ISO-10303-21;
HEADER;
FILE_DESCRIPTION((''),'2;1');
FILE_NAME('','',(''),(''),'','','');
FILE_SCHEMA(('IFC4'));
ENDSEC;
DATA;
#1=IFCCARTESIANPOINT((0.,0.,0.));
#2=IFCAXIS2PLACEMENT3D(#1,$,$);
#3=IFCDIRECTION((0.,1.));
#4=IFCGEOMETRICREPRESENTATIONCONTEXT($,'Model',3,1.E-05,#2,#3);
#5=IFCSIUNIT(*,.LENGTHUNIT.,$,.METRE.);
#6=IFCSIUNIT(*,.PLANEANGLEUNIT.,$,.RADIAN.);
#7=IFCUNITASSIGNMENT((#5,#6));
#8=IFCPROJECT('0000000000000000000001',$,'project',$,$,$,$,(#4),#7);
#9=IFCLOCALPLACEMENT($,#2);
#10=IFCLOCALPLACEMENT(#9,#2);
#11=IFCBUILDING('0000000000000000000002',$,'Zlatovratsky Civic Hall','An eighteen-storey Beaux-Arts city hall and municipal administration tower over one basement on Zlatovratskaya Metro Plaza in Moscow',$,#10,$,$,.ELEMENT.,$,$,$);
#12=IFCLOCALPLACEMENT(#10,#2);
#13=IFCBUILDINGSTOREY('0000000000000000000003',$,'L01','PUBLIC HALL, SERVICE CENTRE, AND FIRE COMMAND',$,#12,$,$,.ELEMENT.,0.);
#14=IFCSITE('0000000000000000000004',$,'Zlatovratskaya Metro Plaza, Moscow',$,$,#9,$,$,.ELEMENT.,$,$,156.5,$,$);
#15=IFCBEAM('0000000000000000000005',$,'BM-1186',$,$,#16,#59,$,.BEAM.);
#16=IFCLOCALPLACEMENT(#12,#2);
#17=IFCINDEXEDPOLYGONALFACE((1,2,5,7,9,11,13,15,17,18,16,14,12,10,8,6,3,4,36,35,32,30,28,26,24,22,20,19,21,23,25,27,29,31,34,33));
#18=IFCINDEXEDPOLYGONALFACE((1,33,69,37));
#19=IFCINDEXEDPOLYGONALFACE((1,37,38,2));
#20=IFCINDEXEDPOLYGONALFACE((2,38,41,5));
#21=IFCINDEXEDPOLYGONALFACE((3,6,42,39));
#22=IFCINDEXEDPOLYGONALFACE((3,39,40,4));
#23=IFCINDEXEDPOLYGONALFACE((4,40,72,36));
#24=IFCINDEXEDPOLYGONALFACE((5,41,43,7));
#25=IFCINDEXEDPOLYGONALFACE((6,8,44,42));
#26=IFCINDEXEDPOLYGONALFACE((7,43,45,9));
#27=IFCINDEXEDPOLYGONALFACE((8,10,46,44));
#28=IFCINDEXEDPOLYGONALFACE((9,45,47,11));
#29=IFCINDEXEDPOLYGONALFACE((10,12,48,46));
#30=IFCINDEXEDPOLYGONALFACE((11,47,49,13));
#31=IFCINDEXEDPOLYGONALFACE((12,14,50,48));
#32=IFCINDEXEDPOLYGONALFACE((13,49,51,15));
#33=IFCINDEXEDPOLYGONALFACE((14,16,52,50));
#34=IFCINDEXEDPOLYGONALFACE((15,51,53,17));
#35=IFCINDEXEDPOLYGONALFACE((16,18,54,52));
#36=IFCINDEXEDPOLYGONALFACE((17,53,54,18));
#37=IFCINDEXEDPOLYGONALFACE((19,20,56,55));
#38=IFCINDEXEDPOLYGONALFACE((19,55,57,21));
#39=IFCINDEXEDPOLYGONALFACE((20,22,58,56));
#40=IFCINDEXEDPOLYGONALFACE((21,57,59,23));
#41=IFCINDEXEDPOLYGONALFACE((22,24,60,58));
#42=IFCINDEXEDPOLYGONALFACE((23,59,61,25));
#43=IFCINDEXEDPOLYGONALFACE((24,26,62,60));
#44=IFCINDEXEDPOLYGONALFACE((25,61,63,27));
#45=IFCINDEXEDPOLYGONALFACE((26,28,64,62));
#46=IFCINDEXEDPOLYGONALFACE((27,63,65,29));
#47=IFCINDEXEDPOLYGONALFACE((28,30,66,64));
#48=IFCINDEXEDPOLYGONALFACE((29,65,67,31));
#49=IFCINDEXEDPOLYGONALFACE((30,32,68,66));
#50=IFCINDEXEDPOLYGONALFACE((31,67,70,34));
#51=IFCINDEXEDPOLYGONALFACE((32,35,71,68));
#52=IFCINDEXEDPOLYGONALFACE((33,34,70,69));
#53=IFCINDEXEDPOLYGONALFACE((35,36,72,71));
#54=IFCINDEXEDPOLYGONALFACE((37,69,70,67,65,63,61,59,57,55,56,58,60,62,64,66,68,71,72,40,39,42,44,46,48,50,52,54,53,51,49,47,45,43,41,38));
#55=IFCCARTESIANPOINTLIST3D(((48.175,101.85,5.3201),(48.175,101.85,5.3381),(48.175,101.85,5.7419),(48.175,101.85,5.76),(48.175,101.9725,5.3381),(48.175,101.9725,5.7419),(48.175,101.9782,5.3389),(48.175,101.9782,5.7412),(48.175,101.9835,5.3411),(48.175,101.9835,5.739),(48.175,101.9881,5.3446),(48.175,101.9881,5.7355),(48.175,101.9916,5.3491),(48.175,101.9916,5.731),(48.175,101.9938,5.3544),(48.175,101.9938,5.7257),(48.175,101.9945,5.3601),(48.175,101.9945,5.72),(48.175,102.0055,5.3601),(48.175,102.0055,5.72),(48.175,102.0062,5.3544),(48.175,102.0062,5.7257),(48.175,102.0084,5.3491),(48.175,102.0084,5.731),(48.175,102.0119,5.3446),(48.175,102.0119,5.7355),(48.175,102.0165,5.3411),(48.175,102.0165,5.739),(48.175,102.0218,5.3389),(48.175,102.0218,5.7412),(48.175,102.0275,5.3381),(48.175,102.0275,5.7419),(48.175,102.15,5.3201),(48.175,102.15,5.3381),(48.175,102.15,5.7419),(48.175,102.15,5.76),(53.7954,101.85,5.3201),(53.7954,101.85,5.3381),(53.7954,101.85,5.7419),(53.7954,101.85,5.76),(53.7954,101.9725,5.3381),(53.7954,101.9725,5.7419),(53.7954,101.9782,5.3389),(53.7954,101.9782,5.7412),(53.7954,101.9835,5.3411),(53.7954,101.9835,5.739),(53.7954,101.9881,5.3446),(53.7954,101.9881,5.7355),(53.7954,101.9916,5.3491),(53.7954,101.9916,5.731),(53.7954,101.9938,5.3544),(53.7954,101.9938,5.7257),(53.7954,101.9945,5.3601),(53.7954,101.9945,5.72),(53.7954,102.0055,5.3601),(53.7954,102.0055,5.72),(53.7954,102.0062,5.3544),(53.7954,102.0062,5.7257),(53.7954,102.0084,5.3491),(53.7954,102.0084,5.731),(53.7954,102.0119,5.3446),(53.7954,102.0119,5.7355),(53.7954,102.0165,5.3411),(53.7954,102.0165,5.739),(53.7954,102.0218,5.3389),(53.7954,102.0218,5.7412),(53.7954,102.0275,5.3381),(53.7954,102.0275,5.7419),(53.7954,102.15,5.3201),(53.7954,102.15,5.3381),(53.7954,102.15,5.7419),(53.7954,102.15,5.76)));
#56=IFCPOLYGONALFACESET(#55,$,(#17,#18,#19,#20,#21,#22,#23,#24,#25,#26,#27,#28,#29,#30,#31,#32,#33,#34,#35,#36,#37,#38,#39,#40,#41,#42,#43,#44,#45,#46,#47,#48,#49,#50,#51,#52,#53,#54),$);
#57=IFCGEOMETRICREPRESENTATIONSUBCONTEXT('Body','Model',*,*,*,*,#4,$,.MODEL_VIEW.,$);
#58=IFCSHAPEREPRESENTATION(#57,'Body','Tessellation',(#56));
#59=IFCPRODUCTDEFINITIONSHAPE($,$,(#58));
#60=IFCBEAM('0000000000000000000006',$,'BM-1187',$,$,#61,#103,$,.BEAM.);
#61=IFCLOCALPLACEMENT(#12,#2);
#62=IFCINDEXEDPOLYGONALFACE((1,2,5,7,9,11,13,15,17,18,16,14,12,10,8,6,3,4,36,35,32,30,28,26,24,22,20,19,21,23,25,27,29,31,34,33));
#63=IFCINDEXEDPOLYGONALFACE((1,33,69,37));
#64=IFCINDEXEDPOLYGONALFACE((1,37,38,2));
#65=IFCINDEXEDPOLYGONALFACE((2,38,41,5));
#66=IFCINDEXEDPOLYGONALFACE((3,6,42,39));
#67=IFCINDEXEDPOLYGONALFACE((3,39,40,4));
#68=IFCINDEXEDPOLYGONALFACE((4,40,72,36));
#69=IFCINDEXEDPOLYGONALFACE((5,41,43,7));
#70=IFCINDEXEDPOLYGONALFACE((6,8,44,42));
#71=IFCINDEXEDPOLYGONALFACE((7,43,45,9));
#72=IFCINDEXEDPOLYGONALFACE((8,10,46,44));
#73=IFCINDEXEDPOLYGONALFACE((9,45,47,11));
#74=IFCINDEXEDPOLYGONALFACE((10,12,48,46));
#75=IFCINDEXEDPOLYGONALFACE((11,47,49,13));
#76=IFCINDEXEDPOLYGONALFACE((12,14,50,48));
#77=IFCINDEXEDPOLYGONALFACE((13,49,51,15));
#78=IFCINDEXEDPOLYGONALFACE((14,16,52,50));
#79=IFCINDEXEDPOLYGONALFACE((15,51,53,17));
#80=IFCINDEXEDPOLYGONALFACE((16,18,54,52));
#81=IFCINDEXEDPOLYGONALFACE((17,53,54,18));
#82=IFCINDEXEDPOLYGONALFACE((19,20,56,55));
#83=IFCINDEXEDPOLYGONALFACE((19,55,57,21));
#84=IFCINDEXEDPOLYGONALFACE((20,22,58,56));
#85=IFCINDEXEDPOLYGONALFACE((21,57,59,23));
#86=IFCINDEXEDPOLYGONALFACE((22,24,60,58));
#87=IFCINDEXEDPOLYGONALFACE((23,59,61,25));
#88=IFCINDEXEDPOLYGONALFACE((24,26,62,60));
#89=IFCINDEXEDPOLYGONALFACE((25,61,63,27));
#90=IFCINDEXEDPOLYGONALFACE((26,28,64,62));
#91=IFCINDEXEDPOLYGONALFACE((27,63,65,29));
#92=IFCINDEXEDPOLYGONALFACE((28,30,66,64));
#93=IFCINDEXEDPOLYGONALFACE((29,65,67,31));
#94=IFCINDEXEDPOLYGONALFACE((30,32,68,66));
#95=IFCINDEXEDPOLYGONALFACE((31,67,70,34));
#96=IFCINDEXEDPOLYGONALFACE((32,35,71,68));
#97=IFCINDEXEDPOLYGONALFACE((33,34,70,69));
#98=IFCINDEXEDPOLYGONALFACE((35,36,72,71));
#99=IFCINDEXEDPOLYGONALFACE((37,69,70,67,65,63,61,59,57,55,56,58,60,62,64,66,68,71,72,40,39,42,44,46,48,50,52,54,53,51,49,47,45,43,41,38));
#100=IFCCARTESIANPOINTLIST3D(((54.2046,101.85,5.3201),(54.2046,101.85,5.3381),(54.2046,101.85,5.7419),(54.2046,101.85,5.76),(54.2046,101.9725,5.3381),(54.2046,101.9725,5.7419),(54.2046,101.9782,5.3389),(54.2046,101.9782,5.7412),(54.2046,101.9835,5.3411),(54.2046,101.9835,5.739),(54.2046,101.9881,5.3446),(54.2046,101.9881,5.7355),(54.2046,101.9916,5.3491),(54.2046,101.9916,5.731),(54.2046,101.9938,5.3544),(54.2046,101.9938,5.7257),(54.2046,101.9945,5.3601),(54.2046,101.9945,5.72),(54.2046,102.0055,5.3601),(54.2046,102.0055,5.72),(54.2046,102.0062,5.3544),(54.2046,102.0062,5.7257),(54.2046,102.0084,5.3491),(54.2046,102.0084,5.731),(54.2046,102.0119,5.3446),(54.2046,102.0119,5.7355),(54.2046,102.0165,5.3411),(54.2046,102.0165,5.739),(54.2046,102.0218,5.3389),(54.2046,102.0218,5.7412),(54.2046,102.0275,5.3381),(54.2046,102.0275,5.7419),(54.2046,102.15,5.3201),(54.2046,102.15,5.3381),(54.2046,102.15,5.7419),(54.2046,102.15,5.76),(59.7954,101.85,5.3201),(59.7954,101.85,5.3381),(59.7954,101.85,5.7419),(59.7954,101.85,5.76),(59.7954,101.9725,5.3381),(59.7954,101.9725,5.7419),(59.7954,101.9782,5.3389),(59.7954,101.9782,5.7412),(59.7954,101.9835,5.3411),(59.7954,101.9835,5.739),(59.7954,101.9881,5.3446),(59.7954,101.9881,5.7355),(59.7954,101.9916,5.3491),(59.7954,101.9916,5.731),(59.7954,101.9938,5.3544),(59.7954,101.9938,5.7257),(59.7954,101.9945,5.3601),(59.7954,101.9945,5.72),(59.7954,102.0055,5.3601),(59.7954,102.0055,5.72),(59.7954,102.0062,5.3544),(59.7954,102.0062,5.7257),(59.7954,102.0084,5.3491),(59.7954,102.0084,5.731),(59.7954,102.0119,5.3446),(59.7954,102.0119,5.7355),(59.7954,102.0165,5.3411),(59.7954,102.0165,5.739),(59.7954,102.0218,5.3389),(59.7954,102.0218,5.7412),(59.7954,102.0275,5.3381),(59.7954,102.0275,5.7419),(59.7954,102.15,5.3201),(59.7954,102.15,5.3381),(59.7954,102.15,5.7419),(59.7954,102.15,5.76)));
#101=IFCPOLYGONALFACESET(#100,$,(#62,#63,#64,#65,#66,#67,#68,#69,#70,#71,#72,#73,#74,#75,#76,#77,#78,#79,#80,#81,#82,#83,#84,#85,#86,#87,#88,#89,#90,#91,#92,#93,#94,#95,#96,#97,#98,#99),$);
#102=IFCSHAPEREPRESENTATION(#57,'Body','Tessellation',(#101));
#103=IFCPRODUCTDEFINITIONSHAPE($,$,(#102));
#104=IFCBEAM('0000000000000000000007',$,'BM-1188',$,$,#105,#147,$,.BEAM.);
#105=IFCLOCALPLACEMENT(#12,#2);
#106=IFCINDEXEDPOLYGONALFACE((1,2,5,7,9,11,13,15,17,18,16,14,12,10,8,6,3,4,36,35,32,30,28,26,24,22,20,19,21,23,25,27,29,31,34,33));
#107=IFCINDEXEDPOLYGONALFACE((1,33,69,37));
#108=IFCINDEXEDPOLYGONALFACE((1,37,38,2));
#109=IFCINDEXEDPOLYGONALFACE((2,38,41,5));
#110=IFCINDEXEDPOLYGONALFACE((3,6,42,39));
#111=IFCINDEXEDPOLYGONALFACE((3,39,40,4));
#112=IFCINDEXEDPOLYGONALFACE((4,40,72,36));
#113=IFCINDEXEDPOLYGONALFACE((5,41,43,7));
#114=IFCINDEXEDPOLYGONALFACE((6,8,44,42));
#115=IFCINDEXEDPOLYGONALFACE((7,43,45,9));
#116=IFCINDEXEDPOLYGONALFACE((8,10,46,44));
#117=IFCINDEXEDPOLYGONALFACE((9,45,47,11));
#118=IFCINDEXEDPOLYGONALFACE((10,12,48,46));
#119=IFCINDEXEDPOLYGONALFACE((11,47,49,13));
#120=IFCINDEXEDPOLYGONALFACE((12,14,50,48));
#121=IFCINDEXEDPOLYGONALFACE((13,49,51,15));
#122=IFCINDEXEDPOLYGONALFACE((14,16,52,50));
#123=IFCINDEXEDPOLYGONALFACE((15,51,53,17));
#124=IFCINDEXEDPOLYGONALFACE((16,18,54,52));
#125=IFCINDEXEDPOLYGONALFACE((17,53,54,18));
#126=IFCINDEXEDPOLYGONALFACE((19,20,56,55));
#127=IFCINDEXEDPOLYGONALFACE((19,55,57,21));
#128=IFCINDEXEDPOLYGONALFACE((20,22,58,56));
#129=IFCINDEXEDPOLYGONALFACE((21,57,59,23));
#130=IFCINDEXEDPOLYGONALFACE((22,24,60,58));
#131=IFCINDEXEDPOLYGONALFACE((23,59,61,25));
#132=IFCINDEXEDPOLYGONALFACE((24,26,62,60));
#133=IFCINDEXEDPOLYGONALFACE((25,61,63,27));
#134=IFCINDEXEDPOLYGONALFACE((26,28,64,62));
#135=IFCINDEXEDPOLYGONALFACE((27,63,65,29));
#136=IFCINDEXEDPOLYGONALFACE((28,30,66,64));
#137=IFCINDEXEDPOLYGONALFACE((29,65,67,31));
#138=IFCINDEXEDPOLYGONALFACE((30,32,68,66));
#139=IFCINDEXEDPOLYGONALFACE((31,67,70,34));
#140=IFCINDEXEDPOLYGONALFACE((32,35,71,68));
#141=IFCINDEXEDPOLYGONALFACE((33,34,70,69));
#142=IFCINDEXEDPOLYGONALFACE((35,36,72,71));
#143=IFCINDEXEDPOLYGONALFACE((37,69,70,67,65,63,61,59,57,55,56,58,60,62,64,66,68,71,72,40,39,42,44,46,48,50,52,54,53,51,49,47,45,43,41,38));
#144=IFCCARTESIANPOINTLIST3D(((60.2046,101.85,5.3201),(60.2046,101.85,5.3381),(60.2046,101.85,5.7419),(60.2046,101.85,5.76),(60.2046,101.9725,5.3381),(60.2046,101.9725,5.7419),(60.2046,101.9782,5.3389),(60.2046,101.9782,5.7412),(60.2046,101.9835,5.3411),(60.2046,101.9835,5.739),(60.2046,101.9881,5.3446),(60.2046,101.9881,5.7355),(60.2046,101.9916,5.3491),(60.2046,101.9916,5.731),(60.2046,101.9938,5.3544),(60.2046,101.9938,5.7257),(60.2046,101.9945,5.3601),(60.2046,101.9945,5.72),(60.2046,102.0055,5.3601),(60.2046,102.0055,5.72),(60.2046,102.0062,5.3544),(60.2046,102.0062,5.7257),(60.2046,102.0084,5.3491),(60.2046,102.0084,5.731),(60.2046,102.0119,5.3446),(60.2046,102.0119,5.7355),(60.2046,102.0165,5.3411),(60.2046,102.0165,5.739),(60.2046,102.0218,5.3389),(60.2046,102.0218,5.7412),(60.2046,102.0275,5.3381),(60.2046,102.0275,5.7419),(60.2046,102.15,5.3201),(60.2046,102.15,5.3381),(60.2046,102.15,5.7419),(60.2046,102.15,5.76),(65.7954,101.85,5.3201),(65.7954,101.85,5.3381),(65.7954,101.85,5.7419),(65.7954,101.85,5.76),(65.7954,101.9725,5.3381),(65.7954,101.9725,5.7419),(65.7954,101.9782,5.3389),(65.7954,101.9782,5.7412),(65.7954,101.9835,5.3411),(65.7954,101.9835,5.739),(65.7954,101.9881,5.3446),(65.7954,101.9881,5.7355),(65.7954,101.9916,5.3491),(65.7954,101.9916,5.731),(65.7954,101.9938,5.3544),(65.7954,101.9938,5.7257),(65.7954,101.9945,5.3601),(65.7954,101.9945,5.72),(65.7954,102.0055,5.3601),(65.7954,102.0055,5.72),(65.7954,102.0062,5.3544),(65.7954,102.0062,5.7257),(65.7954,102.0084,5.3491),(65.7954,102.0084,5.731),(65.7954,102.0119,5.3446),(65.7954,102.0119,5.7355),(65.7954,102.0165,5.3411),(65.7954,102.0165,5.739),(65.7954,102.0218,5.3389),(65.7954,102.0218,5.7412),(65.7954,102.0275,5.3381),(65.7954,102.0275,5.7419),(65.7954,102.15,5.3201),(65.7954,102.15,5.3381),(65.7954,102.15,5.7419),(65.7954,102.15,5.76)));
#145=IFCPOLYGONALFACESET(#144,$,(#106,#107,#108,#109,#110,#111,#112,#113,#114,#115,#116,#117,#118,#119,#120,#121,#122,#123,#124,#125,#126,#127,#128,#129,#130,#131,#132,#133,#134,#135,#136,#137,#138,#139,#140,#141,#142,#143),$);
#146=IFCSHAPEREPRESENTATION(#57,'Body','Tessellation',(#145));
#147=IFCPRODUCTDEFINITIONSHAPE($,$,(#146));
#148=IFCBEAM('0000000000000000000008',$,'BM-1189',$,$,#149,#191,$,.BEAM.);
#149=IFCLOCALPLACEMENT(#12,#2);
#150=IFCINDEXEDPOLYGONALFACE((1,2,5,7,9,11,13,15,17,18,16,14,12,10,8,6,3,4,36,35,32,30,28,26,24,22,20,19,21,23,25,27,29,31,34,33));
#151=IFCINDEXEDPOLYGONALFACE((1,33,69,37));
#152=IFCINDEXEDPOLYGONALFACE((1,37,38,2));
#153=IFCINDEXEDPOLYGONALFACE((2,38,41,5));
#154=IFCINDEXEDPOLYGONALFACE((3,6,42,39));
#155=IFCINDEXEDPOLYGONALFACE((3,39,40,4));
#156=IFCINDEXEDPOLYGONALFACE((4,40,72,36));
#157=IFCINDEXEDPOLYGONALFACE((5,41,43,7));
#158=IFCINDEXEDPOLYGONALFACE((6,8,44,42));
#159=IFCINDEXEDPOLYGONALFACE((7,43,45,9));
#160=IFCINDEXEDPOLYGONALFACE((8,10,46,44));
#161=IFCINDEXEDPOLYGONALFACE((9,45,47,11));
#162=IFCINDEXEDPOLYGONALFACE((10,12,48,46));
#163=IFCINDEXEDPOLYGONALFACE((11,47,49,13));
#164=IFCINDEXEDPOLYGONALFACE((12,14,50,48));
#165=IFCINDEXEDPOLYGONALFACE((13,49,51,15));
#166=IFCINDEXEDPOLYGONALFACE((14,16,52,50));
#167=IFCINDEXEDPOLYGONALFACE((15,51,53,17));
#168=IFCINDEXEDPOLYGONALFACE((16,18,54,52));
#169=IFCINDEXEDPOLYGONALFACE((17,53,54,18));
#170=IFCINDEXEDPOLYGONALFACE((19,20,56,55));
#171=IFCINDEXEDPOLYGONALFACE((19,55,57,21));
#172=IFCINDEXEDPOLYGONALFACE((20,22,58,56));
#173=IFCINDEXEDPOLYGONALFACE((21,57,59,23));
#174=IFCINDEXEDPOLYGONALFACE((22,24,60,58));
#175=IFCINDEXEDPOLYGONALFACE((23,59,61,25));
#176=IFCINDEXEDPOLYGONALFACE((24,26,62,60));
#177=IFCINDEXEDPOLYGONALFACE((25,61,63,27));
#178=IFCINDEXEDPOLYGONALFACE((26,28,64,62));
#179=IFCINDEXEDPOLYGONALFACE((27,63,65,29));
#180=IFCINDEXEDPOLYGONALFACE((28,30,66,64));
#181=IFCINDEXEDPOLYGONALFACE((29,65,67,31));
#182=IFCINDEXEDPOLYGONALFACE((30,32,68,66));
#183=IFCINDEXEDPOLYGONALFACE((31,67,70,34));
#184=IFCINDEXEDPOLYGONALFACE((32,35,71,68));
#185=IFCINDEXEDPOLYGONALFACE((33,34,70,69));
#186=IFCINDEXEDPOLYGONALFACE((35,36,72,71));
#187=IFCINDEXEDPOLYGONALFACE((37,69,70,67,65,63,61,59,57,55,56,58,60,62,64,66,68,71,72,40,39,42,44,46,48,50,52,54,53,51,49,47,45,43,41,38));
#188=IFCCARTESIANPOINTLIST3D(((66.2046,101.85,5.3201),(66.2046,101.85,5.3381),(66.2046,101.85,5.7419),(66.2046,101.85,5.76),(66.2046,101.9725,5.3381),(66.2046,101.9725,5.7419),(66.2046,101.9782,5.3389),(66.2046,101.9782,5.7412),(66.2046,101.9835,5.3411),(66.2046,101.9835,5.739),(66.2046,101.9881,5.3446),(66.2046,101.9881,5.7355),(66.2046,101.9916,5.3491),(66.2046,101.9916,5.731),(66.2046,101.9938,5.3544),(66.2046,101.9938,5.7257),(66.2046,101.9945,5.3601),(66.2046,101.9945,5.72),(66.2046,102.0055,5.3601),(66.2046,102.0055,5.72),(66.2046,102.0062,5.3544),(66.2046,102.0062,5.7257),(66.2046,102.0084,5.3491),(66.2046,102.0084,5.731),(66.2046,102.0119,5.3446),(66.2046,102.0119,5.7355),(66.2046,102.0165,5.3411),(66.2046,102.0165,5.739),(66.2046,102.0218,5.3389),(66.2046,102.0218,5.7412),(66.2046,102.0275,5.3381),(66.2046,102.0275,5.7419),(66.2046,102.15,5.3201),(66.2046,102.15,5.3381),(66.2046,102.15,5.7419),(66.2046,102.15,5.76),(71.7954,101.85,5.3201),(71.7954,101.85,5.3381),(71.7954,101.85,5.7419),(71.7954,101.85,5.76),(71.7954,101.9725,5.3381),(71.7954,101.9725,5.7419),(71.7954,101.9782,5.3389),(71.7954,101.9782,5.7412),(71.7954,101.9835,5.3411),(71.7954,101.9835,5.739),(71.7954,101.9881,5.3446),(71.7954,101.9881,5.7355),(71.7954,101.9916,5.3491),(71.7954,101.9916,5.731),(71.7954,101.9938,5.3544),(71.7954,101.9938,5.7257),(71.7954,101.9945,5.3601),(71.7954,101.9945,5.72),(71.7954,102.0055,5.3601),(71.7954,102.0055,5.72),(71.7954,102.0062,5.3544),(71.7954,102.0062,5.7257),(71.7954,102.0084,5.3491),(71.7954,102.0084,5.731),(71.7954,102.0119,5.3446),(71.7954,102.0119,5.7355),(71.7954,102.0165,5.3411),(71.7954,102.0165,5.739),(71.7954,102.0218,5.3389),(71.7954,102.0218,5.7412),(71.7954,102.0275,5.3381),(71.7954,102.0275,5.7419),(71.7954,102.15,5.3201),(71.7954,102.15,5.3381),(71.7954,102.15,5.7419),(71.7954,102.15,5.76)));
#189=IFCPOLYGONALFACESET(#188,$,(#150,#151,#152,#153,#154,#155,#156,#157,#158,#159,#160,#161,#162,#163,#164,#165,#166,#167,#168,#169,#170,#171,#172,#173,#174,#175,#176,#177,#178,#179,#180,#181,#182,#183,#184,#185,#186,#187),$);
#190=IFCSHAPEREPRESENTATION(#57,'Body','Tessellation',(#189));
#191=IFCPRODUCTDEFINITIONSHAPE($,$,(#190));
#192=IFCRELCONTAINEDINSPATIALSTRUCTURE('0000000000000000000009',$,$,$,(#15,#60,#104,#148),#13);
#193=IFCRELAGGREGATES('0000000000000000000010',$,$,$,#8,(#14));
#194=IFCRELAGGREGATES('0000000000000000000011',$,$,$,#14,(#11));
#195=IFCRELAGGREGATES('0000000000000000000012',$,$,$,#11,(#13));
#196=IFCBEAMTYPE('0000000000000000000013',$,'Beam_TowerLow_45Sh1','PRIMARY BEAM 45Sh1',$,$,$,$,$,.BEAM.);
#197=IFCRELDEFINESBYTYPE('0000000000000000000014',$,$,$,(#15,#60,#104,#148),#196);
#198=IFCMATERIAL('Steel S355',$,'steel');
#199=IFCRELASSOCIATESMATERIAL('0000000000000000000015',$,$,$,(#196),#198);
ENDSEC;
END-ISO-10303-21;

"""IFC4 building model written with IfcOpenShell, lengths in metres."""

from ifc_helpers import new_model, si_unit, direction, frame, origin, origin_2d, place, context, subcontext, project, spatial, i_section, extrude, material, material_profile, profile_set, type_object, element, save


model = new_model("IFC4")

# Units and contexts
model_context = context("Model", 3, precision=1e-05, world=origin(), true_north=direction((0.0, 1.0)))
body_context = subcontext(model_context, "Body", "Model", "MODEL_VIEW")
ifc_project = project(units=[si_unit("LENGTHUNIT", "METRE"), si_unit("PLANEANGLEUNIT", "RADIAN")], contexts=[model_context])

# Site, building, storey
site_placement = place(None, origin())
site = spatial("IfcSite", under=ifc_project, at=site_placement, Name="Zlatovratskaya Metro Plaza, Moscow", CompositionType="ELEMENT", RefElevation=156.5)
building_placement = place(site_placement, origin())
building = spatial("IfcBuilding", under=site, at=building_placement, Name="Zlatovratsky Civic Hall", Description="An eighteen-storey Beaux-Arts city hall and municipal administration tower over one basement on Zlatovratskaya Metro Plaza in Moscow", CompositionType="ELEMENT")
storey_placement = place(building_placement, origin())
storey = spatial("IfcBuildingStorey", under=building, at=storey_placement, Name="L01", Description="PUBLIC HALL, SERVICE CENTRE, AND FIRE COMMAND", CompositionType="ELEMENT", Elevation=0.0)

# Shared definitions
ifc_material_1 = material(Name="Steel S355", Category="steel")

# Beams
ifc_material_profile_1 = material_profile(ifc_material_1, i_section(OverallWidth=0.3, OverallDepth=0.4399, WebThickness=0.011, FlangeThickness=0.0181, FilletRadius=0.022, at=origin_2d()), Name="45Sh1")
ifc_profile_set_1 = profile_set([ifc_material_profile_1], Name="Steel S355")
beam_type = type_object("IfcBeamType", Name="Beam_TowerLow_45Sh1", Description="PRIMARY BEAM 45Sh1", PredefinedType="BEAM", material=ifc_profile_set_1)
beam_1_placement = place(storey_placement, frame((48.175, 102.0, 5.54), z_axis=(1.0, 0.0, 0.0), x_axis=(0.0, 1.0, 0.0)))
element("IfcBeam", 1, at=beam_1_placement, inside=storey, type_object=beam_type, Name="BM-1186", PredefinedType="BEAM", context=body_context, shape_type="SweptSolid", body=[
    extrude(i_section(OverallWidth=0.3, OverallDepth=0.4399, WebThickness=0.011, FlangeThickness=0.0181, FilletRadius=0.022, at=origin_2d()), origin(), (0.0, 0.0, 1.0), 5.6204),
])
for number, where, z_axis, x_axis, name in (
    (2, (54.2046, 102.0, 5.54), (1.0, 0.0, 0.0), (0.0, 1.0, 0.0), "BM-1187"),
    (3, (60.2046, 102.0, 5.54), (1.0, 0.0, 0.0), (0.0, 1.0, 0.0), "BM-1188"),
    (4, (66.2046, 102.0, 5.54), (1.0, 0.0, 0.0), (0.0, 1.0, 0.0), "BM-1189"),
):
    element("IfcBeam", number, at=place(storey_placement, frame(where, z_axis=z_axis, x_axis=x_axis)), inside=storey, type_object=beam_type, Name=name, PredefinedType="BEAM", context=body_context, shape_type="SweptSolid", body=[
        extrude(i_section(OverallWidth=0.3, OverallDepth=0.4399, WebThickness=0.011, FlangeThickness=0.0181, FilletRadius=0.022, at=origin_2d()), origin(), (0.0, 0.0, 1.0), 5.5908),
    ])

save(model, "model.ifc")
